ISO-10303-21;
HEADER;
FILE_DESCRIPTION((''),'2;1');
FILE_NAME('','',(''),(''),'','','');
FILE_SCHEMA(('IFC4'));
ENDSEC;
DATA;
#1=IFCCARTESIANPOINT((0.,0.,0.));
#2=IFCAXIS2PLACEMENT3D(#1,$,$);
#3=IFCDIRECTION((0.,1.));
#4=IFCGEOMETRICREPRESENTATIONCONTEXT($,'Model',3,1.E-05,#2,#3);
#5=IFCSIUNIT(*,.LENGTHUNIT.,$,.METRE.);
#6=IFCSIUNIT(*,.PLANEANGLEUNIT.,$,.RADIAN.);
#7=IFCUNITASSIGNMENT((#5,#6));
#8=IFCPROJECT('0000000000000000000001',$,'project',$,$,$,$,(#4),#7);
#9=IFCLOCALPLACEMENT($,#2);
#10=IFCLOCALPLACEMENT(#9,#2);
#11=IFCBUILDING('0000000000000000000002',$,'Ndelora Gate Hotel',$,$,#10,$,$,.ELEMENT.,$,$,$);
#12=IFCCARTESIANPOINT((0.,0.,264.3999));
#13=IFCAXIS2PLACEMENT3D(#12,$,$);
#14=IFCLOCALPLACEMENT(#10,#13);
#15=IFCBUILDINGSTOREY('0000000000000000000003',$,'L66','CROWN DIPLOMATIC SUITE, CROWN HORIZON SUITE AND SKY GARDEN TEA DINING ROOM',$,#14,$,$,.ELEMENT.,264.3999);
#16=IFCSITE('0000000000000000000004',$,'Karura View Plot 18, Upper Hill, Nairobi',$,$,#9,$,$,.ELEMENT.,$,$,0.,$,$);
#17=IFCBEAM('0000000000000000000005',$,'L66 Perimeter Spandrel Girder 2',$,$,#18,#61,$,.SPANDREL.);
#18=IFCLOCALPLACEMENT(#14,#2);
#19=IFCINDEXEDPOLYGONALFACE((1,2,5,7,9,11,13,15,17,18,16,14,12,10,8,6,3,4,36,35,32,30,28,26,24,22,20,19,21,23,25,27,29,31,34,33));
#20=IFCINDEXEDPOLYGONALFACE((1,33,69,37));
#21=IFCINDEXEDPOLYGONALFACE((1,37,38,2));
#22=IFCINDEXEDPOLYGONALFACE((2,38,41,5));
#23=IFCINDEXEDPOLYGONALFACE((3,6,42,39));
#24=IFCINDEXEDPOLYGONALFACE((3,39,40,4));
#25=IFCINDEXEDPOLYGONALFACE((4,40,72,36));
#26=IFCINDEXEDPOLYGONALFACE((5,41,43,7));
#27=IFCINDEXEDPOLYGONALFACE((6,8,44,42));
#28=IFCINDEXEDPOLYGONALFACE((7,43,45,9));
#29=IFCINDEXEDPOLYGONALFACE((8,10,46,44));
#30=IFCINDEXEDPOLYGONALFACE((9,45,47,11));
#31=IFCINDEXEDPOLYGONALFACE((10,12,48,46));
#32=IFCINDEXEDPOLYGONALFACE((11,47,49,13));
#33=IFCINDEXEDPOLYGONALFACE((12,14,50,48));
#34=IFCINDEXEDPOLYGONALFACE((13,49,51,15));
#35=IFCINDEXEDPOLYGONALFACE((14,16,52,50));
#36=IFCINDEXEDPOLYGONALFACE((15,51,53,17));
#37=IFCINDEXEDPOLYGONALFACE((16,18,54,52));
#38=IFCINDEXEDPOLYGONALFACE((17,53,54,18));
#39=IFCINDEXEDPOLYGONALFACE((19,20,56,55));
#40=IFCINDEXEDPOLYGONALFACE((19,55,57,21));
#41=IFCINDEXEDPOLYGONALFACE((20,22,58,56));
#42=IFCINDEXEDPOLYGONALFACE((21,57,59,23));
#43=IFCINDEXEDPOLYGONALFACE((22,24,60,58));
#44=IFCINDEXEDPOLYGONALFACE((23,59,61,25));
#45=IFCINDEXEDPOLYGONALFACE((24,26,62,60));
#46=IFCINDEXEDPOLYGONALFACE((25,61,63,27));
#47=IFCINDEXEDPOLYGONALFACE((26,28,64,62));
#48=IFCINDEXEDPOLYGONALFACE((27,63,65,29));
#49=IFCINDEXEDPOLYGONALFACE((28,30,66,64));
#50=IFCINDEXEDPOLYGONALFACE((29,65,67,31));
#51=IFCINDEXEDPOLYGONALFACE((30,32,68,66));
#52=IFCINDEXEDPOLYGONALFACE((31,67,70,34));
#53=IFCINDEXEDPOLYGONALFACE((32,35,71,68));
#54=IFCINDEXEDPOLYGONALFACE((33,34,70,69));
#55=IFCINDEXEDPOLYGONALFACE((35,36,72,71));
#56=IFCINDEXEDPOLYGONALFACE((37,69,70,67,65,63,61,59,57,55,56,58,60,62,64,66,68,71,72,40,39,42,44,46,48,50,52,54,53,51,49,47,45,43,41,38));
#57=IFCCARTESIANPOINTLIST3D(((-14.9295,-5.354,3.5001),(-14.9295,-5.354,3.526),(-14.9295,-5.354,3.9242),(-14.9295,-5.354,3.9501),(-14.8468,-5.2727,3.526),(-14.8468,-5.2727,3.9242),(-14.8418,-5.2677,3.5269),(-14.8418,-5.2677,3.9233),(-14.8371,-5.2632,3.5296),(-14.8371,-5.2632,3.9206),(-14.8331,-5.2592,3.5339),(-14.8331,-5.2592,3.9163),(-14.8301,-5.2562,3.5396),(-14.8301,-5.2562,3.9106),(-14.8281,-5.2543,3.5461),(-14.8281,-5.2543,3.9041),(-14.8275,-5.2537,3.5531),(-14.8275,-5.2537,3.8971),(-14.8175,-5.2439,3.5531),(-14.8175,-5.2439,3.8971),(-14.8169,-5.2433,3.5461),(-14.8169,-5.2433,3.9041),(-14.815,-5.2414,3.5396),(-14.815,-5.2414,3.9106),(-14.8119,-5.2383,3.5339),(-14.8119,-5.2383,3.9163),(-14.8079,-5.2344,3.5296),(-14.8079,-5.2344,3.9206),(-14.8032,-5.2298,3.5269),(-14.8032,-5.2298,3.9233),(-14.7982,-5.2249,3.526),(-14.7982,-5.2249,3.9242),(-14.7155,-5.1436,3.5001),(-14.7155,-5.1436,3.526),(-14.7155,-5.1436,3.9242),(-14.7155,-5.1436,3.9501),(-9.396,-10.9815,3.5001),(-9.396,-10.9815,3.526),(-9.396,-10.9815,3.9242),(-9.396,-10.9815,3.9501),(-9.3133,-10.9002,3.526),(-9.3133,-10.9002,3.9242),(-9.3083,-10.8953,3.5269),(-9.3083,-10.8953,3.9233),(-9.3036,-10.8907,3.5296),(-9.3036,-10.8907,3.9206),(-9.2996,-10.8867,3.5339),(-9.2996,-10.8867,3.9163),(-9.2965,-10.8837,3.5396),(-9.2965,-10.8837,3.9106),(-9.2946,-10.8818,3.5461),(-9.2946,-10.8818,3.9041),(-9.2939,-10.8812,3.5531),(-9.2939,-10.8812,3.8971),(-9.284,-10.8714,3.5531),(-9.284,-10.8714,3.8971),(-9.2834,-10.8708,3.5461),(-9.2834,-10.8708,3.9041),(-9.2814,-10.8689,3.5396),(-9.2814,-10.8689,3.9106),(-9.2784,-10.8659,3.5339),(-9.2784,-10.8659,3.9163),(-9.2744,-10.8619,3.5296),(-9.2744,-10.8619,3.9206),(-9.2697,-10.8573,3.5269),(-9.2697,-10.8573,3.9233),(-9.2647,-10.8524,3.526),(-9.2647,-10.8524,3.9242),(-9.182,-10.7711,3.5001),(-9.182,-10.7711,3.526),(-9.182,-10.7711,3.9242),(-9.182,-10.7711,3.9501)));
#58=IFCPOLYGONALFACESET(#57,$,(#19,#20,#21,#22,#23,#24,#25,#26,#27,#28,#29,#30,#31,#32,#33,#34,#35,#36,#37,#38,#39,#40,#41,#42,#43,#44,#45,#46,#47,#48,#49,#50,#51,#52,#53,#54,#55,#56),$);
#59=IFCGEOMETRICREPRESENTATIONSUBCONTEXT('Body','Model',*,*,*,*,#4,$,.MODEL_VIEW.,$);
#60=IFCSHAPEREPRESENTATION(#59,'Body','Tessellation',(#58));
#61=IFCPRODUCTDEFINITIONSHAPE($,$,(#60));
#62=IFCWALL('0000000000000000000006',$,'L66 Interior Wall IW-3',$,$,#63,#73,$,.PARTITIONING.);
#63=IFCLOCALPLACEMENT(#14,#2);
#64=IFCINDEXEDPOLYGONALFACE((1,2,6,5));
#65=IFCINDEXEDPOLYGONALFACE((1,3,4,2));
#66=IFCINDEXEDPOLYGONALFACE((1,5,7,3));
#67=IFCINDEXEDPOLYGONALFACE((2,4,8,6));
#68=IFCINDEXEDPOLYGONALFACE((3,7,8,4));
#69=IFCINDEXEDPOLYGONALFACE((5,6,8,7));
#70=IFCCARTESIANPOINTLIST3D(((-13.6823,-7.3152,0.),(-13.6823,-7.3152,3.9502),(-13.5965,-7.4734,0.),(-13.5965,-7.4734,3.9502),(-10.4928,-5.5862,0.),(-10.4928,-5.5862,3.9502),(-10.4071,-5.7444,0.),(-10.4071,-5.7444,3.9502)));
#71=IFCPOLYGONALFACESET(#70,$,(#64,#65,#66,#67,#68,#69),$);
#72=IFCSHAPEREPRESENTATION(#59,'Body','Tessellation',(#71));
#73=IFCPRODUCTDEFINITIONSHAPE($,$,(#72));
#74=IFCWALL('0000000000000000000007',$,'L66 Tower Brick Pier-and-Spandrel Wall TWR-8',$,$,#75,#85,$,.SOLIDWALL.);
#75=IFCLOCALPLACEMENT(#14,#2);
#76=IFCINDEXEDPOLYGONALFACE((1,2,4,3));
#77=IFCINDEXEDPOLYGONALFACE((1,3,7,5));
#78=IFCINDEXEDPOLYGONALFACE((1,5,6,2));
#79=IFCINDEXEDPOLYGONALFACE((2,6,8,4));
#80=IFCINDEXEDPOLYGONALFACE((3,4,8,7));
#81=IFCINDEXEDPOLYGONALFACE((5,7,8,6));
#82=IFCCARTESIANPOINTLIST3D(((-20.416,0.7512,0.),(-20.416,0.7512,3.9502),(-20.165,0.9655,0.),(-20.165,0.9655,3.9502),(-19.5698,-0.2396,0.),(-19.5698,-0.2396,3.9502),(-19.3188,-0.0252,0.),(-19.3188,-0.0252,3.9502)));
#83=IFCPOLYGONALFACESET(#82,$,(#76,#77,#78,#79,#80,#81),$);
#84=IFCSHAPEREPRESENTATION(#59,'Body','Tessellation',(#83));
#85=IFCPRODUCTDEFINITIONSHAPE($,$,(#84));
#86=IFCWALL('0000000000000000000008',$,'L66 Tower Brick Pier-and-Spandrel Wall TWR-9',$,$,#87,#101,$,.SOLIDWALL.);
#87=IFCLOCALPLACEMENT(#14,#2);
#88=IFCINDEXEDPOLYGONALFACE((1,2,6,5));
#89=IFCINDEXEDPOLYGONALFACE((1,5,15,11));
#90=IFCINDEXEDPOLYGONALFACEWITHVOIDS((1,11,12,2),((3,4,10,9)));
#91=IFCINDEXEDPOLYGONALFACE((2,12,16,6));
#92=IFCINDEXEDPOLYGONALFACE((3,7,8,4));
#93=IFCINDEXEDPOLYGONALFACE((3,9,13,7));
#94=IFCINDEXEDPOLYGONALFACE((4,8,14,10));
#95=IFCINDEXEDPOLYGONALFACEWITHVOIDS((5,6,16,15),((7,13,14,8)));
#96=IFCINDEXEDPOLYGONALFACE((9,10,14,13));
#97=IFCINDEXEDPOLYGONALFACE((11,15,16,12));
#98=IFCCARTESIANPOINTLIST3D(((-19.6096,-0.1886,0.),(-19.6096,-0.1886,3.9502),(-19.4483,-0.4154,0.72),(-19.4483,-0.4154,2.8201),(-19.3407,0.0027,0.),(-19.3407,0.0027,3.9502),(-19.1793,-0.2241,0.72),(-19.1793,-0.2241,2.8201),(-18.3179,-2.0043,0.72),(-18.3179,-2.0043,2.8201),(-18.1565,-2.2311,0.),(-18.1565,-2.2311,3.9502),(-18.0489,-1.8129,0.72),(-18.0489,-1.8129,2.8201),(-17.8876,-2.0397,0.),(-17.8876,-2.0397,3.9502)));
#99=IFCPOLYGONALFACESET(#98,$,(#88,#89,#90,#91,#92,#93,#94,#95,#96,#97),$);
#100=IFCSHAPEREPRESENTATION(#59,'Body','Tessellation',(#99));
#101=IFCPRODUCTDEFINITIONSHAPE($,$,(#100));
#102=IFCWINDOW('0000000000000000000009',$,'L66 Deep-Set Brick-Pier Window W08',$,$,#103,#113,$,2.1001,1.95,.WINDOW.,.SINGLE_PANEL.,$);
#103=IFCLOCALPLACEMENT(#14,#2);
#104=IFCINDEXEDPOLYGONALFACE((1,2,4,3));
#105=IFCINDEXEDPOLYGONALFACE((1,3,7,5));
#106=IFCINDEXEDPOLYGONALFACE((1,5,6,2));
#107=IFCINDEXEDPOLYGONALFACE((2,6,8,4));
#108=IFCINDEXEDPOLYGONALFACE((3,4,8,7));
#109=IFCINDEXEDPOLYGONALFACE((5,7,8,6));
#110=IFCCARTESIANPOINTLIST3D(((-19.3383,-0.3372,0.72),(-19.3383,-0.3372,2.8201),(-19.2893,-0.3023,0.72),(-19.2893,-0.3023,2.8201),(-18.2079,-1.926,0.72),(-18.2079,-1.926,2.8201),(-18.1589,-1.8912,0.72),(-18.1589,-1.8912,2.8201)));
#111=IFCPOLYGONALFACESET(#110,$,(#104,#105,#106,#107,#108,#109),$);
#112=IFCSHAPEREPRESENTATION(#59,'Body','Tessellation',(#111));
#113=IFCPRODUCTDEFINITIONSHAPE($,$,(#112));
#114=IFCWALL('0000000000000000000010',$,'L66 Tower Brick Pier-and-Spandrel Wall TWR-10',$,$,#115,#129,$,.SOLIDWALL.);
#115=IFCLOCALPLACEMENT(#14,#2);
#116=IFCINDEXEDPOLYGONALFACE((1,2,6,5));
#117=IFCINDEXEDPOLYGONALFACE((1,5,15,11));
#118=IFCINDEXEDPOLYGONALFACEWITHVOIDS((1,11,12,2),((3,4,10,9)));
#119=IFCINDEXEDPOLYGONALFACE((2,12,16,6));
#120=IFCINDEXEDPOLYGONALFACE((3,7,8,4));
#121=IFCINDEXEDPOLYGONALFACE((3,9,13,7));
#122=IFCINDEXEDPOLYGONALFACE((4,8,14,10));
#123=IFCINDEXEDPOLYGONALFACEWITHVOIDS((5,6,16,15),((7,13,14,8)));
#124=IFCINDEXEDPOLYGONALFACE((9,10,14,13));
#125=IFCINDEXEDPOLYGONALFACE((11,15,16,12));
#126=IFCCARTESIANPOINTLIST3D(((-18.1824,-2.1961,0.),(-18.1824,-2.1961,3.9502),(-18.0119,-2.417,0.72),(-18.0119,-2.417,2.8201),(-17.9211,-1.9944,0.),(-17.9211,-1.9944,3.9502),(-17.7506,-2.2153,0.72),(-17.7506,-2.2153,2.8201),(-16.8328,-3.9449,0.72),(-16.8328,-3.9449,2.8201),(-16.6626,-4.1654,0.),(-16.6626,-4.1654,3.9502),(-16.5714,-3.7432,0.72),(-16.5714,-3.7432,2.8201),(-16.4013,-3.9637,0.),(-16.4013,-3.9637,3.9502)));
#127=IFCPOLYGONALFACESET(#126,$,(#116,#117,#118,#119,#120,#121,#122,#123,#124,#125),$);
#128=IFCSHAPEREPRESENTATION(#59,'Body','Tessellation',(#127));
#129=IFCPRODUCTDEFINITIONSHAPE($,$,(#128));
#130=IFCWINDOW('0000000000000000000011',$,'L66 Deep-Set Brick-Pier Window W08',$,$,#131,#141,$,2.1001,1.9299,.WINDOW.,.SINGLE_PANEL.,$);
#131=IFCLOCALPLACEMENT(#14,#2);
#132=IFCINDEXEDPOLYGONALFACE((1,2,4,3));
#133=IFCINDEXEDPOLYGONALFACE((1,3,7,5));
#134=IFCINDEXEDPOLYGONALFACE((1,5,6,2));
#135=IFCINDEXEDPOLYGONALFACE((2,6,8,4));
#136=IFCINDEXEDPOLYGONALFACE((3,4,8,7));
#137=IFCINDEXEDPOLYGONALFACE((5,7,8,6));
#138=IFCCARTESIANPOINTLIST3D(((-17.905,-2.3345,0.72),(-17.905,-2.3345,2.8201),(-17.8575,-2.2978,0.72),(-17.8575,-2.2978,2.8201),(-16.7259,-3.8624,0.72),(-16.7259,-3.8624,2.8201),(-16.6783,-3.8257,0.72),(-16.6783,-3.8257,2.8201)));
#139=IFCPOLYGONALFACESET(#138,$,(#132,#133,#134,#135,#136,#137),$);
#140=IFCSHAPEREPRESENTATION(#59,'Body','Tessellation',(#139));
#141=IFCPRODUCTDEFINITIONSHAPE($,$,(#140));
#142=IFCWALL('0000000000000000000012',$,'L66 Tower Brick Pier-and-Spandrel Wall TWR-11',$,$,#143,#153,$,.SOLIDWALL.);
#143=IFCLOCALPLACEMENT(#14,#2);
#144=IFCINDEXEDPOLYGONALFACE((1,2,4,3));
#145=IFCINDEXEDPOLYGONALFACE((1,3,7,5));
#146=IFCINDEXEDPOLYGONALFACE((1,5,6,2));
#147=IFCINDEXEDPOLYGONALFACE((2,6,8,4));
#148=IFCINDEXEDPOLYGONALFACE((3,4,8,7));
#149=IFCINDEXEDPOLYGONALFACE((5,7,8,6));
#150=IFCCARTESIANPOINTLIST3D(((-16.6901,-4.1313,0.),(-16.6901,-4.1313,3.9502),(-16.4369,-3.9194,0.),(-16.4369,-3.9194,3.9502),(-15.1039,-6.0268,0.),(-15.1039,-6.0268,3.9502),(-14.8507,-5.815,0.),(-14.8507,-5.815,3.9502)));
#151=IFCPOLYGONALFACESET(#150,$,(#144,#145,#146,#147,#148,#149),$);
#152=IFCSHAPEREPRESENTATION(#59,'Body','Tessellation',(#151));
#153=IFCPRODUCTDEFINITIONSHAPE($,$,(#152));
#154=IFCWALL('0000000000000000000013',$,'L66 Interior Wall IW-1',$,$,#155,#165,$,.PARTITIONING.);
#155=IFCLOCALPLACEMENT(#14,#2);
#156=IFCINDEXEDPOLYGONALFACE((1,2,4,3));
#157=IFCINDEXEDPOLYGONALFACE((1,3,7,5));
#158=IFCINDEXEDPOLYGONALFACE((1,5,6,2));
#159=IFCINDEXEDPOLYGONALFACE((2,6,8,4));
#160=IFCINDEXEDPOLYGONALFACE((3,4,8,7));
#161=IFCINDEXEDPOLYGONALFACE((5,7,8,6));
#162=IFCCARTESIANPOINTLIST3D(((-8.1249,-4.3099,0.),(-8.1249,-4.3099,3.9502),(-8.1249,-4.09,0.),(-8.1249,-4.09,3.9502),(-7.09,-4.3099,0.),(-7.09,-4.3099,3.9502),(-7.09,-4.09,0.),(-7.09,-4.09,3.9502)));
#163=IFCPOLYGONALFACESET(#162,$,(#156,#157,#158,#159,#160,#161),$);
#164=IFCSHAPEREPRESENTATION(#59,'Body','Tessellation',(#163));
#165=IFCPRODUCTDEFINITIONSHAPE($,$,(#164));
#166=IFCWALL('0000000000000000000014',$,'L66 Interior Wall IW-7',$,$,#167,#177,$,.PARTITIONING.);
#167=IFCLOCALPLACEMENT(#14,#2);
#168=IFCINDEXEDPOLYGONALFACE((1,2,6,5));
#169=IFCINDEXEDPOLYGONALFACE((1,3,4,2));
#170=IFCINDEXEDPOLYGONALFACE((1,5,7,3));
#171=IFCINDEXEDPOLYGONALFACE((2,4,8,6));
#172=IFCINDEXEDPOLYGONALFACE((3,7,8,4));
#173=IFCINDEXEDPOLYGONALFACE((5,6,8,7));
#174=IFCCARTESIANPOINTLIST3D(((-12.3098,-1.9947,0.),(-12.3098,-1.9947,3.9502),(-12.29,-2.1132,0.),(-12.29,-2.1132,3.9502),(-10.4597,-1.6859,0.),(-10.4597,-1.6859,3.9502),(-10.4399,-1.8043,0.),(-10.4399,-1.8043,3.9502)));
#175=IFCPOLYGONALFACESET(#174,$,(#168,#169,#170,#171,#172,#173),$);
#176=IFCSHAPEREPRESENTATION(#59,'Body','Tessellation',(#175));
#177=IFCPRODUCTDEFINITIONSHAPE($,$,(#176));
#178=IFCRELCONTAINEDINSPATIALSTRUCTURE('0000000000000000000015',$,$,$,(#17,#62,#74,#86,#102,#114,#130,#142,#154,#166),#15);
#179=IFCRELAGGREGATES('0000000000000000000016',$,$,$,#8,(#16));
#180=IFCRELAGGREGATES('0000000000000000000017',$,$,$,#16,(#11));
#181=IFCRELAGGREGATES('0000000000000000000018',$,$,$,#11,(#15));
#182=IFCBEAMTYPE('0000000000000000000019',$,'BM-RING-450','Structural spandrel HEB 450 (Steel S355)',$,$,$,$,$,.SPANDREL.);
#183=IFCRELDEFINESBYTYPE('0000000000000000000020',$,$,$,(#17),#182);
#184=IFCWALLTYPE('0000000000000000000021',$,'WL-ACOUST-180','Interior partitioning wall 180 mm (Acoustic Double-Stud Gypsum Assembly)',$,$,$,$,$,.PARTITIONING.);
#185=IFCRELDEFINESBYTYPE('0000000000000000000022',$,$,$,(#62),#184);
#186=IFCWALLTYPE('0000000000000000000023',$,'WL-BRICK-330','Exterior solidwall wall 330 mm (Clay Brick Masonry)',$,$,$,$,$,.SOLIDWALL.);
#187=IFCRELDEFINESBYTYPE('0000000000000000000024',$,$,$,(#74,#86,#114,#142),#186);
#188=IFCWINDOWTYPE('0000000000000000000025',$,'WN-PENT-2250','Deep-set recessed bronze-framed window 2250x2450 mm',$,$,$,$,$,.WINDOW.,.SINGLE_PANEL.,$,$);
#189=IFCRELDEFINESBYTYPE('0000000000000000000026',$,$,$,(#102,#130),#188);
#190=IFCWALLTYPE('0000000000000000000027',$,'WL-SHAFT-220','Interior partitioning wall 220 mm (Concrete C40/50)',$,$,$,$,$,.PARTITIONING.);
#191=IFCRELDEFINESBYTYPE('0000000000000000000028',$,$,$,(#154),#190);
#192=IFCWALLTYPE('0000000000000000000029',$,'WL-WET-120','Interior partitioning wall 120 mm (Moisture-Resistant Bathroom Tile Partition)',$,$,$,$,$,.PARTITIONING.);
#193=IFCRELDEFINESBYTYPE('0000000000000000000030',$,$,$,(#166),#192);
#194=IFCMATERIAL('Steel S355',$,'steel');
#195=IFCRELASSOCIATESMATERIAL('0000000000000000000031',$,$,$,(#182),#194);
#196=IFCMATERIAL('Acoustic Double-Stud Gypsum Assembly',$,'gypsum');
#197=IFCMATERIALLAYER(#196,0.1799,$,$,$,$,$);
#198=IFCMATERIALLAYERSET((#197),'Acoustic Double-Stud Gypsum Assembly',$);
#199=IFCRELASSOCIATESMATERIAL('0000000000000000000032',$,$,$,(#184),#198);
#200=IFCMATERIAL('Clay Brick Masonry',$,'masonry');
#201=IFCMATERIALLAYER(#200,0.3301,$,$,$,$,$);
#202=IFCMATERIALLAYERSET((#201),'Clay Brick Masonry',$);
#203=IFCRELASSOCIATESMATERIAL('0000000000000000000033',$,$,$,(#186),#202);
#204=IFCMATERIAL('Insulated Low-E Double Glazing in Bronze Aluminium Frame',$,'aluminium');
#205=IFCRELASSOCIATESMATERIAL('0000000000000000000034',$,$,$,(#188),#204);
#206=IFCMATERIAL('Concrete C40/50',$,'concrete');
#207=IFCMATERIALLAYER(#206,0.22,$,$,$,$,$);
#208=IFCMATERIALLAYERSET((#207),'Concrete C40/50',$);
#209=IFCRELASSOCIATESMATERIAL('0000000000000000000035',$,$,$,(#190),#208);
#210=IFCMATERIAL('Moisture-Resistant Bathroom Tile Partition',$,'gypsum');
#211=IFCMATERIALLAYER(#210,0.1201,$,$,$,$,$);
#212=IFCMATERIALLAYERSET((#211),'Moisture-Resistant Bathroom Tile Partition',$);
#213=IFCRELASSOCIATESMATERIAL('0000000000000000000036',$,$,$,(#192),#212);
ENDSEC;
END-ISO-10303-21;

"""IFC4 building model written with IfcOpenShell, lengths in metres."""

from ifc_helpers import new_model, si_unit, direction, frame, frame_2d, origin, origin_2d, place, context, subcontext, project, spatial, rectangle, i_section, extrude, material, layer, layer_set, material_profile, profile_set, type_object, element, fill, save


model = new_model("IFC4")

# Units and contexts
model_context = context("Model", 3, precision=1e-05, world=origin(), true_north=direction((0.0, 1.0)))
body_context = subcontext(model_context, "Body", "Model", "MODEL_VIEW")
ifc_project = project(units=[si_unit("LENGTHUNIT", "METRE"), si_unit("PLANEANGLEUNIT", "RADIAN")], contexts=[model_context])

# Site, building, storey
site_placement = place(None, origin())
site = spatial("IfcSite", under=ifc_project, at=site_placement, Name="Karura View Plot 18, Upper Hill, Nairobi", CompositionType="ELEMENT", RefElevation=0.0)
building_placement = place(site_placement, origin())
building = spatial("IfcBuilding", under=site, at=building_placement, Name="Ndelora Gate Hotel", CompositionType="ELEMENT")
storey_placement = place(building_placement, frame((0.0, 0.0, 264.3999)))
storey = spatial("IfcBuildingStorey", under=building, at=storey_placement, Name="L66", Description="CROWN DIPLOMATIC SUITE, CROWN HORIZON SUITE AND SKY GARDEN TEA DINING ROOM", CompositionType="ELEMENT", Elevation=264.3999)

# Beam
ifc_material_1 = material(Name="Steel S355", Category="steel")
ifc_material_profile_1 = material_profile(ifc_material_1, i_section(OverallWidth=0.3, OverallDepth=0.45, WebThickness=0.0139, FlangeThickness=0.0259, FilletRadius=0.0271, at=origin_2d()), Name="HEB 450")
ifc_profile_set_1 = profile_set([ifc_material_profile_1], Name="Steel S355")
beam_type_1 = type_object("IfcBeamType", Name="BM-RING-450", Description="Structural spandrel HEB 450 (Steel S355)", PredefinedType="SPANDREL", material=ifc_profile_set_1)
beam_1_placement = place(storey_placement, frame((-14.8225, -5.2488, 3.7251), z_axis=(0.701127, -0.713037, 0.0), x_axis=(0.713037, 0.701127, 0.0)))
element("IfcBeam", 1, at=beam_1_placement, inside=storey, type_object=beam_type_1, Name="L66 Perimeter Spandrel Girder 2", PredefinedType="SPANDREL", context=body_context, shape_type="SweptSolid", body=[
    extrude(i_section(OverallWidth=0.3, OverallDepth=0.45, WebThickness=0.0139, FlangeThickness=0.0259, FilletRadius=0.0271, at=origin_2d()), origin(), (0.0, 0.0, 1.0), 7.8923),
])

# Walls
ifc_material_2 = material(Name="Acoustic Double-Stud Gypsum Assembly", Category="gypsum")
ifc_layer_1 = layer(ifc_material_2, 0.1799)
ifc_layer_set_1 = layer_set([ifc_layer_1], Name="Acoustic Double-Stud Gypsum Assembly")
wall_type_1 = type_object("IfcWallType", Name="WL-ACOUST-180", Description="Interior partitioning wall 180 mm (Acoustic Double-Stud Gypsum Assembly)", PredefinedType="PARTITIONING", material=ifc_layer_set_1)
wall_1_placement = place(storey_placement, frame((-10.45, -5.6653, 0.0), z_axis=(0.0, 0.0, 1.0), x_axis=(-0.879132, -0.476578, 0.0)))
element("IfcWall", 2, at=wall_1_placement, inside=storey, type_object=wall_type_1, Name="L66 Interior Wall IW-3", PredefinedType="PARTITIONING", context=body_context, shape_type="SweptSolid", body=[
    extrude(rectangle(XDim=3.6279, YDim=0.1799, at=frame_2d((1.814, 0.0))), origin(), (0.0, 0.0, 1.0), 3.9502),
])
ifc_material_3 = material(Name="Clay Brick Masonry", Category="masonry")
ifc_layer_2 = layer(ifc_material_3, 0.3301)
ifc_layer_set_2 = layer_set([ifc_layer_2], Name="Clay Brick Masonry")
wall_type_2 = type_object("IfcWallType", Name="WL-BRICK-330", Description="Exterior solidwall wall 330 mm (Clay Brick Masonry)", PredefinedType="SOLIDWALL", material=ifc_layer_set_2)
wall_2_placement = place(storey_placement, frame((-19.4443, -0.1323, 0.0), z_axis=(0.0, 0.0, 1.0), x_axis=(-0.649463, 0.760393, 0.0)))
element("IfcWall", 3, at=wall_2_placement, inside=storey, type_object=wall_type_2, Name="L66 Tower Brick Pier-and-Spandrel Wall TWR-8", PredefinedType="SOLIDWALL", context=body_context, shape_type="SweptSolid", body=[
    extrude(rectangle(XDim=1.303, YDim=0.3301, at=frame_2d((0.6514, 0.0))), origin(), (0.0, 0.0, 1.0), 3.9502),
])

# Walls, openings, windows
wall_3_placement = place(storey_placement, frame((-18.022, -2.1355, 0.0), z_axis=(0.0, 0.0, 1.0), x_axis=(-0.579708, 0.814824, 0.0)))
wall_3 = element("IfcWall", 4, at=wall_3_placement, inside=storey, type_object=wall_type_2, Name="L66 Tower Brick Pier-and-Spandrel Wall TWR-9", PredefinedType="SOLIDWALL", context=body_context, shape_type="SweptSolid", body=[
    extrude(rectangle(XDim=2.5066, YDim=0.3301, at=frame_2d((1.2534, 0.0))), origin(), (0.0, 0.0, 1.0), 3.9502),
])
opening_1_placement = place(wall_3_placement, frame((0.2783, 0.0, 0.72)))
opening_1 = element("IfcOpeningElement", 5, at=opening_1_placement, cuts=wall_3, PredefinedType="OPENING", context=body_context, shape_type="SweptSolid", body=[
    extrude(rectangle(XDim=1.95, YDim=2.1001, at=frame_2d((0.9751, 1.05))), frame((0.0, 0.175, 0.0), z_axis=(0.0, -1.0, 0.0), x_axis=(1.0, 0.0, 0.0)), (0.0, 0.0, 1.0), 0.3501),
])
ifc_material_4 = material(Name="Insulated Low-E Double Glazing in Bronze Aluminium Frame", Category="aluminium")
window_type = type_object("IfcWindowType", Name="WN-PENT-2250", Description="Deep-set recessed bronze-framed window 2250x2450 mm", PartitioningType="SINGLE_PANEL", PredefinedType="WINDOW", material=ifc_material_4)
window_1_placement = place(opening_1_placement, origin())
window_1 = element("IfcWindow", 6, at=window_1_placement, inside=storey, type_object=window_type, Name="L66 Deep-Set Brick-Pier Window W08", OverallHeight=2.1001, OverallWidth=1.95, PartitioningType="SINGLE_PANEL", PredefinedType="WINDOW", context=body_context, shape_type="SweptSolid", body=[
    extrude(rectangle(XDim=1.95, YDim=2.1001, at=frame_2d((0.9751, 1.05))), frame((0.0, 0.03, 0.0), z_axis=(0.0, -1.0, 0.0), x_axis=(1.0, 0.0, 0.0)), (0.0, 0.0, 1.0), 0.0601),
])
fill(opening_1, window_1)
wall_4_placement = place(storey_placement, frame((-16.532, -4.0645, 0.0), z_axis=(0.0, 0.0, 1.0), x_axis=(-0.610967, 0.791656, 0.0)))
wall_4 = element("IfcWall", 7, at=wall_4_placement, inside=storey, type_object=wall_type_2, Name="L66 Tower Brick Pier-and-Spandrel Wall TWR-10", PredefinedType="SOLIDWALL", context=body_context, shape_type="SweptSolid", body=[
    extrude(rectangle(XDim=2.4875, YDim=0.3301, at=frame_2d((1.2437, 0.0))), origin(), (0.0, 0.0, 1.0), 3.9502),
])
opening_2_placement = place(wall_4_placement, frame((0.2786, 0.0, 0.72)))
opening_2 = element("IfcOpeningElement", 8, at=opening_2_placement, cuts=wall_4, PredefinedType="OPENING", context=body_context, shape_type="SweptSolid", body=[
    extrude(rectangle(XDim=1.9299, YDim=2.1001, at=frame_2d((0.9648, 1.05))), frame((0.0, 0.175, 0.0), z_axis=(0.0, -1.0, 0.0), x_axis=(1.0, 0.0, 0.0)), (0.0, 0.0, 1.0), 0.3501),
])
window_2_placement = place(opening_2_placement, origin())
window_2 = element("IfcWindow", 9, at=window_2_placement, inside=storey, type_object=window_type, Name="L66 Deep-Set Brick-Pier Window W08", OverallHeight=2.1001, OverallWidth=1.9299, PartitioningType="SINGLE_PANEL", PredefinedType="WINDOW", context=body_context, shape_type="SweptSolid", body=[
    extrude(rectangle(XDim=1.9299, YDim=2.1001, at=frame_2d((0.9648, 1.05))), frame((0.0, 0.03, 0.0), z_axis=(0.0, -1.0, 0.0), x_axis=(1.0, 0.0, 0.0)), (0.0, 0.0, 1.0), 0.0601),
])
fill(opening_2, window_2)

# Walls
wall_5_placement = place(storey_placement, frame((-14.9773, -5.9209, 0.0), z_axis=(0.0, 0.0, 1.0), x_axis=(-0.641757, 0.766908, 0.0)))
element("IfcWall", 10, at=wall_5_placement, inside=storey, type_object=wall_type_2, Name="L66 Tower Brick Pier-and-Spandrel Wall TWR-11", PredefinedType="SOLIDWALL", context=body_context, shape_type="SweptSolid", body=[
    extrude(rectangle(XDim=2.4717, YDim=0.3301, at=frame_2d((1.2358, 0.0))), origin(), (0.0, 0.0, 1.0), 3.9502),
])
ifc_material_5 = material(Name="Concrete C40/50", Category="concrete")
ifc_layer_3 = layer(ifc_material_5, 0.22)
ifc_layer_set_3 = layer_set([ifc_layer_3], Name="Concrete C40/50")
wall_type_3 = type_object("IfcWallType", Name="WL-SHAFT-220", Description="Interior partitioning wall 220 mm (Concrete C40/50)", PredefinedType="PARTITIONING", material=ifc_layer_set_3)
wall_6_placement = place(storey_placement, frame((-8.125, -4.2, 0.0), z_axis=(0.0, 0.0, 1.0), x_axis=(1.0, 0.0, 0.0)))
element("IfcWall", 11, at=wall_6_placement, inside=storey, type_object=wall_type_3, Name="L66 Interior Wall IW-1", PredefinedType="PARTITIONING", context=body_context, shape_type="SweptSolid", body=[
    extrude(rectangle(XDim=1.0349, YDim=0.22, at=frame_2d((0.5176, 0.0))), origin(), (0.0, 0.0, 1.0), 3.9502),
])
ifc_material_6 = material(Name="Moisture-Resistant Bathroom Tile Partition", Category="gypsum")
ifc_layer_4 = layer(ifc_material_6, 0.1201)
ifc_layer_set_4 = layer_set([ifc_layer_4], Name="Moisture-Resistant Bathroom Tile Partition")
wall_type_4 = type_object("IfcWallType", Name="WL-WET-120", Description="Interior partitioning wall 120 mm (Moisture-Resistant Bathroom Tile Partition)", PredefinedType="PARTITIONING", material=ifc_layer_set_4)
wall_7_placement = place(storey_placement, frame((-12.3, -2.054, 0.0), z_axis=(0.0, 0.0, 1.0), x_axis=(0.986352, 0.164652, 0.0)))
element("IfcWall", 12, at=wall_7_placement, inside=storey, type_object=wall_type_4, Name="L66 Interior Wall IW-7", PredefinedType="PARTITIONING", context=body_context, shape_type="SweptSolid", body=[
    extrude(rectangle(XDim=1.8757, YDim=0.1201, at=frame_2d((0.938, 0.0))), origin(), (0.0, 0.0, 1.0), 3.9502),
])

save(model, "model.ifc")
